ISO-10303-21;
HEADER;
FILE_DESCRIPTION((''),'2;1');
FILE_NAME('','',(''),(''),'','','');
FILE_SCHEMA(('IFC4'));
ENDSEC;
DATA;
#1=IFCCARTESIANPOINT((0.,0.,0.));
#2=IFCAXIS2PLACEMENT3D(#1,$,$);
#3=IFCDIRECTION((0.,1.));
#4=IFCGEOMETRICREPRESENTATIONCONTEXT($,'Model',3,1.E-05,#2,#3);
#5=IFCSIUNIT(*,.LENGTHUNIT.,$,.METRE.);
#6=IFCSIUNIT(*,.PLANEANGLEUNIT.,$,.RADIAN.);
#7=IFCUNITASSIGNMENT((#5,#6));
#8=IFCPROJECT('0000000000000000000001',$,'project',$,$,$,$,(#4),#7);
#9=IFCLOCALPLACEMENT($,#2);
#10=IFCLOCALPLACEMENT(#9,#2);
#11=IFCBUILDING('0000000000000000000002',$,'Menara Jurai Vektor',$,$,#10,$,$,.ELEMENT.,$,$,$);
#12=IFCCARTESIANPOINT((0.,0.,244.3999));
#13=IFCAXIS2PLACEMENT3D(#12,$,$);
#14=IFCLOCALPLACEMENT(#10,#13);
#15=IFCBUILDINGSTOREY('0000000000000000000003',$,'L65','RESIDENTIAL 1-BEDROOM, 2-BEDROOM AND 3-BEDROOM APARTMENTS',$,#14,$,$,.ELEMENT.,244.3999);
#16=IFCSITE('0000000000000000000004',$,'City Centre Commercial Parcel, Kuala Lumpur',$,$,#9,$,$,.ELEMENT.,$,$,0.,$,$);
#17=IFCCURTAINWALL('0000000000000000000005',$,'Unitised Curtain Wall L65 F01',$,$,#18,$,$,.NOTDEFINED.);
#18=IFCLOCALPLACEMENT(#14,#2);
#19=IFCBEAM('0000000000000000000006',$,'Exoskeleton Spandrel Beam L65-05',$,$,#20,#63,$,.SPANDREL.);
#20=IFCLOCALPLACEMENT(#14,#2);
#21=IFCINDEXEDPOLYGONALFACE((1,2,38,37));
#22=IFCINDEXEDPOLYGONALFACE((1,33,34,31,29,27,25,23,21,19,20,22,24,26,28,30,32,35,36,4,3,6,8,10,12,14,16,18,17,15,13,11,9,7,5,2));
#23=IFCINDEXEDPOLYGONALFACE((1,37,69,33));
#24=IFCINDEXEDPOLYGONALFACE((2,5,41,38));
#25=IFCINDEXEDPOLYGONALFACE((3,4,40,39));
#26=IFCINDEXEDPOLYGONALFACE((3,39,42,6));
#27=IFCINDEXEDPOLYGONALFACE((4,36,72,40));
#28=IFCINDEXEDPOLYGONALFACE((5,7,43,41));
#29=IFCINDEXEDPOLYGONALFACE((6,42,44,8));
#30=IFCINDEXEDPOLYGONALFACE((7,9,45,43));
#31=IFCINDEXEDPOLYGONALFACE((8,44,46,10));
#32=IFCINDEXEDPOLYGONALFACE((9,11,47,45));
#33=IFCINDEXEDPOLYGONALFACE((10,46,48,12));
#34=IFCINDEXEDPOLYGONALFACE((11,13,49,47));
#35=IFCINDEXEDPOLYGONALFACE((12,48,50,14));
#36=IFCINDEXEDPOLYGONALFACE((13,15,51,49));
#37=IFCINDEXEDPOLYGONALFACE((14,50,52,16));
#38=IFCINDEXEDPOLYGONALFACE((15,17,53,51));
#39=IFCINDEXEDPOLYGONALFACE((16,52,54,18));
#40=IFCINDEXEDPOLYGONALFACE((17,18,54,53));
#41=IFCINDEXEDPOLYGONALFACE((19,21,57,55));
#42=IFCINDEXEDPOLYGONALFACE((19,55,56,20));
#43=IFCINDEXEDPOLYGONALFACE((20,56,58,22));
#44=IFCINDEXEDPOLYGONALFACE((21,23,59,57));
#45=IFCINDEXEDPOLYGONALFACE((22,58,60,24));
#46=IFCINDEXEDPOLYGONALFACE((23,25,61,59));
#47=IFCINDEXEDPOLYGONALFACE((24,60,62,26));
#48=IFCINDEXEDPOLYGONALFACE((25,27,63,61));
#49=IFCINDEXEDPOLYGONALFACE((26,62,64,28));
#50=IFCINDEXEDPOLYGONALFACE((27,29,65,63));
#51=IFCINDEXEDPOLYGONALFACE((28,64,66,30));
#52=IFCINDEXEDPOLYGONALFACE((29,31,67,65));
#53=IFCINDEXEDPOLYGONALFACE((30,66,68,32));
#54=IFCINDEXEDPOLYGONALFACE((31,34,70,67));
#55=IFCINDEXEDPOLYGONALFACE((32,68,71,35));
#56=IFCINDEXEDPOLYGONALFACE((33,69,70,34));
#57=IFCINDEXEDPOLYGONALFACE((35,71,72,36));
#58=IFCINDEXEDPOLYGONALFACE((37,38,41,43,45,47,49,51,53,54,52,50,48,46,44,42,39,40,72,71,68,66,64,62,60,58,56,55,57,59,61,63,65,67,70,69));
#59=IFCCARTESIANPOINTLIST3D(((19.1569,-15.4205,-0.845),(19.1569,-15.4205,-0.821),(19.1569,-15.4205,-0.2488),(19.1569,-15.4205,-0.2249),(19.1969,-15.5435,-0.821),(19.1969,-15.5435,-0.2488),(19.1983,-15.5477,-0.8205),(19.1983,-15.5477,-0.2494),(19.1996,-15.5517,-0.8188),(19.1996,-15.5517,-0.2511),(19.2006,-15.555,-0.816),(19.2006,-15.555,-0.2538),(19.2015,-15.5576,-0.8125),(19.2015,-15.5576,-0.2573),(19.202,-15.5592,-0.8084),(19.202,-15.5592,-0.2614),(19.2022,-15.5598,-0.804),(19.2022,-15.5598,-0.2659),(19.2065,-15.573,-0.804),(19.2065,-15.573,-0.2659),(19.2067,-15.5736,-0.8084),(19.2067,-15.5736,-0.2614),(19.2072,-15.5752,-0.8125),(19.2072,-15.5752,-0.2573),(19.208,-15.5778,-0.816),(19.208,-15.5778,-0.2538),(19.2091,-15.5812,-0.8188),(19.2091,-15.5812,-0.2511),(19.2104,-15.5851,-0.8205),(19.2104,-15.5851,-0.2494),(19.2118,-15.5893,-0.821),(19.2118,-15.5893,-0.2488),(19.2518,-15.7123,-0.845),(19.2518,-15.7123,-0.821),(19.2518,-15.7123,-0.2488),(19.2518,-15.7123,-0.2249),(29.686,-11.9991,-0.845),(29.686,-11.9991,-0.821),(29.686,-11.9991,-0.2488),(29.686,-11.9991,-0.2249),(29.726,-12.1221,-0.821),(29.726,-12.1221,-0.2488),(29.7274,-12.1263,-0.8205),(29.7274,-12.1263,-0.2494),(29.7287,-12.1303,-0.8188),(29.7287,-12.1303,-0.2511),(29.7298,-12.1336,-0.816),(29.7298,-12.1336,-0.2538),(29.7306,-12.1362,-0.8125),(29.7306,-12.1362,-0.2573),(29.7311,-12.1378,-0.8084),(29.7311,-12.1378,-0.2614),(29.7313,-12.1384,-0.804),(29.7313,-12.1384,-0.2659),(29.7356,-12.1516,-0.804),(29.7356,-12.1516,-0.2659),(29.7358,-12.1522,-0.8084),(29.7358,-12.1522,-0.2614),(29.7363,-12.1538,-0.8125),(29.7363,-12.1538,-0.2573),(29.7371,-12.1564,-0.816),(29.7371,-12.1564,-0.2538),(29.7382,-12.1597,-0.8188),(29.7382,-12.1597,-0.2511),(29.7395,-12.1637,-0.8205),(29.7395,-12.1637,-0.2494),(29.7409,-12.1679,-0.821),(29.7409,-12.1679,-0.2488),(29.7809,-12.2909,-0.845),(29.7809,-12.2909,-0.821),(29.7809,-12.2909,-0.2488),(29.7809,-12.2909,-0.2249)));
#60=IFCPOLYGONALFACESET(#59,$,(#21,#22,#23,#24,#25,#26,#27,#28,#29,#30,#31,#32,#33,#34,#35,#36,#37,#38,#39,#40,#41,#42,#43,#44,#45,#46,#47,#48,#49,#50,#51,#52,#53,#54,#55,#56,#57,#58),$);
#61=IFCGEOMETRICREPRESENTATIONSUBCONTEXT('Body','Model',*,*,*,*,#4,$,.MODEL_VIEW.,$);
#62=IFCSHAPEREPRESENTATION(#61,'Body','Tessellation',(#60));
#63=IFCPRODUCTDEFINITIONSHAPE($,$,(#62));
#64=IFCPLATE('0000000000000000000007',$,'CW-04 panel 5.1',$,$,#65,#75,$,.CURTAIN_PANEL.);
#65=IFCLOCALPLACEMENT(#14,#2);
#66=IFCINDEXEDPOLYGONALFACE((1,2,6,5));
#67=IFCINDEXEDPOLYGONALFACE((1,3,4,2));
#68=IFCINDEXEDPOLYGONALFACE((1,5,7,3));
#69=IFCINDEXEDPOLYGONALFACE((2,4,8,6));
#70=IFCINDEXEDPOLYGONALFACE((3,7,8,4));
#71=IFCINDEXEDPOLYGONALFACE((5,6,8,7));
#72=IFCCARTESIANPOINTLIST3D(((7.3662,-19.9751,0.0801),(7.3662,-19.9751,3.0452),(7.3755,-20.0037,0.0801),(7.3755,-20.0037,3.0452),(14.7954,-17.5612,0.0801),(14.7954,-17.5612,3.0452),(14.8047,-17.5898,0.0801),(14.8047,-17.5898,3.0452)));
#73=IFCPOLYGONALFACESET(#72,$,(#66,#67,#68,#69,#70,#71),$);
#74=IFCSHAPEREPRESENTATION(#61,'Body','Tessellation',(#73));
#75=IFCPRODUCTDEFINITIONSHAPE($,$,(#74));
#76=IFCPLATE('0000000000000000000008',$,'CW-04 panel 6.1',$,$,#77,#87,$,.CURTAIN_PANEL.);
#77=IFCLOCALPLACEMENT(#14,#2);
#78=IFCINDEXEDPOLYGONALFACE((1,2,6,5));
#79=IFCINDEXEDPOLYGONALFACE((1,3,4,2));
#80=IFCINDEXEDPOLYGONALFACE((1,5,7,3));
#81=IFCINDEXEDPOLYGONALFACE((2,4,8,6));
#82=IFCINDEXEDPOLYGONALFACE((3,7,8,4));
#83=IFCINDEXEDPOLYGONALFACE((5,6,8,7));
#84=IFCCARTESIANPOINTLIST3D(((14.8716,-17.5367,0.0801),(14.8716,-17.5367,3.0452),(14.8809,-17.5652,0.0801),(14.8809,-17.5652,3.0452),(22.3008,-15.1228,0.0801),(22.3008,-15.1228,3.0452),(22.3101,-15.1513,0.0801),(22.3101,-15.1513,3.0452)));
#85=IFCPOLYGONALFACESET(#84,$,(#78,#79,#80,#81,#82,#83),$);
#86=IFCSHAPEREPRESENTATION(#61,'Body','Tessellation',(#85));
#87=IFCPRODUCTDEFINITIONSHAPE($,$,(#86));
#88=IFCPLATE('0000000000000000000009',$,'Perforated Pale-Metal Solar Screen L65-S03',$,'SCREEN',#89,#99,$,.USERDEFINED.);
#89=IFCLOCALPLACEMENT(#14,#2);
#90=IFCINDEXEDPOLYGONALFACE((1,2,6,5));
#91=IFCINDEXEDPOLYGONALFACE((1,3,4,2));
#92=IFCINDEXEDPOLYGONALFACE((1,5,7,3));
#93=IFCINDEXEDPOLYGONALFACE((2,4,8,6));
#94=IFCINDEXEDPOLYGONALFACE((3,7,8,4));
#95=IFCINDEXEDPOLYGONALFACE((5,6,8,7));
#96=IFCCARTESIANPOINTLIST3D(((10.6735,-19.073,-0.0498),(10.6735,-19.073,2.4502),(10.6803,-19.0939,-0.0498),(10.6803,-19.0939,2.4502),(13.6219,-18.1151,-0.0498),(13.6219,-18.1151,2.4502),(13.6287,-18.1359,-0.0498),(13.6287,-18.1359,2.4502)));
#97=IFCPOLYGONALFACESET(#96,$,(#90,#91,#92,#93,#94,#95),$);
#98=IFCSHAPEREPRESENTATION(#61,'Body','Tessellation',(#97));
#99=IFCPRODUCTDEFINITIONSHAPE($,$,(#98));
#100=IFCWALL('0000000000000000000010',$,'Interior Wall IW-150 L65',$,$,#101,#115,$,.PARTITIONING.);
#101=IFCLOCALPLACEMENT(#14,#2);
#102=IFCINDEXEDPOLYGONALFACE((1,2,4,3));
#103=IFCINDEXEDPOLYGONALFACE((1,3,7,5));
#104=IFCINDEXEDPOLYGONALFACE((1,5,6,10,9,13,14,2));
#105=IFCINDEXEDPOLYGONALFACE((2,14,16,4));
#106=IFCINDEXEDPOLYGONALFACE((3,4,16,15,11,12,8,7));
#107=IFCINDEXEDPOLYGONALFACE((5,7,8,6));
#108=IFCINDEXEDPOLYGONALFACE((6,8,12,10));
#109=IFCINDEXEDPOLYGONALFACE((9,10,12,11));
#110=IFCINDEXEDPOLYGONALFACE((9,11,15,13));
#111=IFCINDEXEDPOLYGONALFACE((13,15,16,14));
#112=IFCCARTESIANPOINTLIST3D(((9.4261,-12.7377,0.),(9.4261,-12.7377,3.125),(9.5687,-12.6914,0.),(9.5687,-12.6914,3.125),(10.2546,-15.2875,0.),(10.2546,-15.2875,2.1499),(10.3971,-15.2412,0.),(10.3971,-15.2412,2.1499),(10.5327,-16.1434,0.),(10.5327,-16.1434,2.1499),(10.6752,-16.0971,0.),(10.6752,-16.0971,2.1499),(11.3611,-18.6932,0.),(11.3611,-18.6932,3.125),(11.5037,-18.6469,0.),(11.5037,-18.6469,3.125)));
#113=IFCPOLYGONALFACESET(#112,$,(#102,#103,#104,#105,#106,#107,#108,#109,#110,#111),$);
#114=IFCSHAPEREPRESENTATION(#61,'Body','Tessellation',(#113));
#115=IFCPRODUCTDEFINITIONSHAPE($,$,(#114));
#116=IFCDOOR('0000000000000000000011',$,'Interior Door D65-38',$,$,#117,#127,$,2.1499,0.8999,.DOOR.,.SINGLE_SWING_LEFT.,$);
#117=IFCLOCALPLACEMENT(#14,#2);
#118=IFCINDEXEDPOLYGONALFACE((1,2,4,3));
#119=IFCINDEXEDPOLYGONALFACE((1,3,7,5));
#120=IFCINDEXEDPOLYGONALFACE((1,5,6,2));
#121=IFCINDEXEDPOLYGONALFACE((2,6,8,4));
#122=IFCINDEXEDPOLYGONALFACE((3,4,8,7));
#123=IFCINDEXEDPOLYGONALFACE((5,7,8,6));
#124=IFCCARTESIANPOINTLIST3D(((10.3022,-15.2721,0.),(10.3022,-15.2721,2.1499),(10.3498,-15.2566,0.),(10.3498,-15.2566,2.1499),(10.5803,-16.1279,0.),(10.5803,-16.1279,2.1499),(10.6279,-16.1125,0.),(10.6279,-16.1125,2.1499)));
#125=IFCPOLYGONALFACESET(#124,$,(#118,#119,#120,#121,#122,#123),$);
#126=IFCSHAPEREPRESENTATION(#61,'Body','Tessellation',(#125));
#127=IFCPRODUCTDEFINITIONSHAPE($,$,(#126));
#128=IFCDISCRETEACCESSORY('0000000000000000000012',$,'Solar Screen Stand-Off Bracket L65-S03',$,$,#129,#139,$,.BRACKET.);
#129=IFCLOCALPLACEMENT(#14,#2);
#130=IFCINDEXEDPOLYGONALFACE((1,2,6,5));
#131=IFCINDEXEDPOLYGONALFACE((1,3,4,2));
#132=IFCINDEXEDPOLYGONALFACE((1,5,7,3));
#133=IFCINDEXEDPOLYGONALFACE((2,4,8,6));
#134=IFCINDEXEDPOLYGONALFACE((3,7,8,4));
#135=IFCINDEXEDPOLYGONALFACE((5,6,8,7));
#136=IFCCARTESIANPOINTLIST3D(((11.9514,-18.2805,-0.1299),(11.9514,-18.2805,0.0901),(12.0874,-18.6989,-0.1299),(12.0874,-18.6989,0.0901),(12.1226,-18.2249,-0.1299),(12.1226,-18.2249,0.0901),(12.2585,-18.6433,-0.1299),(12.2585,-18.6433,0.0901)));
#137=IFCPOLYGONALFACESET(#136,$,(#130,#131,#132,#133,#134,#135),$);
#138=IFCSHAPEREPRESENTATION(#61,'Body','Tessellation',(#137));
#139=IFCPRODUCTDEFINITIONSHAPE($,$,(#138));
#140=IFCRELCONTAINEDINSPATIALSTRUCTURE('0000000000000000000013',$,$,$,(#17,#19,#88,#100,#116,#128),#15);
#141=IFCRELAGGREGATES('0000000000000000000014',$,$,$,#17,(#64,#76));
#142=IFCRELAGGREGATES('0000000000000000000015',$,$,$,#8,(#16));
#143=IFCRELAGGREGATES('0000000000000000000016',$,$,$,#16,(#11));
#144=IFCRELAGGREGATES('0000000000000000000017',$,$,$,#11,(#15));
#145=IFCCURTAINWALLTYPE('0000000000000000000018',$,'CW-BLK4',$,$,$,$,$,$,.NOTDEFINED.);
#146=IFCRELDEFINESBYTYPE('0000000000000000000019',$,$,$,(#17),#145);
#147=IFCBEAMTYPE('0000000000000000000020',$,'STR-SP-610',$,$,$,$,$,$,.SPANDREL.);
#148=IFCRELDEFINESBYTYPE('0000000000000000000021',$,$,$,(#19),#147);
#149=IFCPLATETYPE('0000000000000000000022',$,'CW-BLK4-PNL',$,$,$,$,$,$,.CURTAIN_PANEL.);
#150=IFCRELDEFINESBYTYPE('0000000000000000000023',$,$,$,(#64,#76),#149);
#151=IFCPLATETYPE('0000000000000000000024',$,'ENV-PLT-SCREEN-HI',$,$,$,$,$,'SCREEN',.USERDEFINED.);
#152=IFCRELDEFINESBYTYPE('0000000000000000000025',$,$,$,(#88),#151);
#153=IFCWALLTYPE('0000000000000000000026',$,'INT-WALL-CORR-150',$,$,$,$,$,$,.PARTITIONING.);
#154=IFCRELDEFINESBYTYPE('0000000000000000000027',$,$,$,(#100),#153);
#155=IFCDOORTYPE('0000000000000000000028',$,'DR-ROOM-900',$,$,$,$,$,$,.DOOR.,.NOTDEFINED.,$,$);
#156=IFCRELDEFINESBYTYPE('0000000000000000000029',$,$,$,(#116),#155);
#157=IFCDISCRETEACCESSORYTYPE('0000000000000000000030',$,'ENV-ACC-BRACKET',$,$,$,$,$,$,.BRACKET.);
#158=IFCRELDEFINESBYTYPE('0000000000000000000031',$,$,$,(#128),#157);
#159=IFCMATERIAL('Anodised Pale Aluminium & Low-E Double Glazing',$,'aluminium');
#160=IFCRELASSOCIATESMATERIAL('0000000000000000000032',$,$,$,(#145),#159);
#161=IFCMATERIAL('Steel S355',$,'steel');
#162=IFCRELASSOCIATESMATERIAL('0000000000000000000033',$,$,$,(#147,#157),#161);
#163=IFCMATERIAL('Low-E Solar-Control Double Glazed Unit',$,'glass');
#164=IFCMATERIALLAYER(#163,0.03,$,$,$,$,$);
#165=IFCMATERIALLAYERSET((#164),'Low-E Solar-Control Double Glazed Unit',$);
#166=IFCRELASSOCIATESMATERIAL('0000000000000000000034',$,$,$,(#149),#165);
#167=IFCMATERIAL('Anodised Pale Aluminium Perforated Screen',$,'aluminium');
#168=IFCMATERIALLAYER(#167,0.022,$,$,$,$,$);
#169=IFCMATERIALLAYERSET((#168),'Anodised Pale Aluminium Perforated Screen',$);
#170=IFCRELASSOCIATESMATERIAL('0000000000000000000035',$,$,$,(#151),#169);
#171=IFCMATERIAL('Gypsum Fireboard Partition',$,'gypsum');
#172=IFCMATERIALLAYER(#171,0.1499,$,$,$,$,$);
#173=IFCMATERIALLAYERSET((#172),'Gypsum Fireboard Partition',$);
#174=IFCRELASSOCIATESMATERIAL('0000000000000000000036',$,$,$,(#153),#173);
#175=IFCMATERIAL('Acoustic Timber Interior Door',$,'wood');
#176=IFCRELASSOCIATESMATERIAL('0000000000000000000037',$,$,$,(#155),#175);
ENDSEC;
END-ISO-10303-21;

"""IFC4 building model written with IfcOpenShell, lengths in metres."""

from ifc_helpers import new_model, si_unit, direction, frame, frame_2d, origin, origin_2d, place, context, subcontext, project, spatial, rectangle, i_section, extrude, material, layer, layer_set, material_profile, profile_set, type_object, element, fill, aggregate, save


model = new_model("IFC4")

# Units and contexts
model_context = context("Model", 3, precision=1e-05, world=origin(), true_north=direction((0.0, 1.0)))
body_context = subcontext(model_context, "Body", "Model", "MODEL_VIEW")
ifc_project = project(units=[si_unit("LENGTHUNIT", "METRE"), si_unit("PLANEANGLEUNIT", "RADIAN")], contexts=[model_context])

# Site, building, storey
site_placement = place(None, origin())
site = spatial("IfcSite", under=ifc_project, at=site_placement, Name="City Centre Commercial Parcel, Kuala Lumpur", CompositionType="ELEMENT", RefElevation=0.0)
building_placement = place(site_placement, origin())
building = spatial("IfcBuilding", under=site, at=building_placement, Name="Menara Jurai Vektor", CompositionType="ELEMENT")
storey_placement = place(building_placement, frame((0.0, 0.0, 244.3999)))
storey = spatial("IfcBuildingStorey", under=building, at=storey_placement, Name="L65", Description="RESIDENTIAL 1-BEDROOM, 2-BEDROOM AND 3-BEDROOM APARTMENTS", CompositionType="ELEMENT", Elevation=244.3999)

# Curtain wall
ifc_material_1 = material(Name="Anodised Pale Aluminium & Low-E Double Glazing", Category="aluminium")
curtain_wall_type = type_object("IfcCurtainWallType", Name="CW-BLK4", PredefinedType="NOTDEFINED", material=ifc_material_1)
curtain_wall_placement = place(storey_placement, origin())
curtain_wall = element("IfcCurtainWall", 1, at=curtain_wall_placement, inside=storey, type_object=curtain_wall_type, Name="Unitised Curtain Wall L65 F01", PredefinedType="NOTDEFINED")

# Beam
ifc_material_2 = material(Name="Steel S355", Category="steel")
ifc_material_profile_1 = material_profile(ifc_material_2, i_section(OverallWidth=0.3069, OverallDepth=0.6201, WebThickness=0.0139, FlangeThickness=0.0239, FilletRadius=0.0171, at=origin_2d()), Name="UKB 610x305x179")
ifc_profile_set_1 = profile_set([ifc_material_profile_1], Name="Steel S355")
beam_type_1 = type_object("IfcBeamType", Name="STR-SP-610", PredefinedType="SPANDREL", material=ifc_profile_set_1)
beam_1_placement = place(storey_placement, frame((19.2043, -15.5664, -0.5349), z_axis=(0.951049, 0.309041, 0.0), x_axis=(-0.309041, 0.951049, 0.0)))
element("IfcBeam", 2, at=beam_1_placement, inside=storey, type_object=beam_type_1, Name="Exoskeleton Spandrel Beam L65-05", PredefinedType="SPANDREL", context=body_context, shape_type="SweptSolid", body=[
    extrude(i_section(OverallWidth=0.3069, OverallDepth=0.6201, WebThickness=0.0139, FlangeThickness=0.0239, FilletRadius=0.0171, at=origin_2d()), origin(), (0.0, 0.0, 1.0), 11.071),
])

# Plates
ifc_material_3 = material(Name="Low-E Solar-Control Double Glazed Unit", Category="glass")
ifc_layer_1 = layer(ifc_material_3, 0.03)
ifc_layer_set_1 = layer_set([ifc_layer_1], Name="Low-E Solar-Control Double Glazed Unit")
plate_type_1 = type_object("IfcPlateType", Name="CW-BLK4-PNL", PredefinedType="CURTAIN_PANEL", material=ifc_layer_set_1)
plate_1_placement = place(storey_placement, frame((11.0854, -18.7825, 0.0801), z_axis=(0.0, 0.0, 1.0), x_axis=(0.951056, 0.309017, 0.0)))
plate_1 = element("IfcPlate", 3, at=plate_1_placement, type_object=plate_type_1, Name="CW-04 panel 5.1", PredefinedType="CURTAIN_PANEL", context=body_context, shape_type="SweptSolid", body=[
    extrude(rectangle(XDim=7.8115, YDim=0.03, at=origin_2d()), origin(), (0.0, 0.0, 1.0), 2.9651),
])
plate_2_placement = place(storey_placement, frame((18.5908, -16.344, 0.0801), z_axis=(0.0, 0.0, 1.0), x_axis=(0.951056, 0.309017, 0.0)))
plate_2 = element("IfcPlate", 4, at=plate_2_placement, type_object=plate_type_1, Name="CW-04 panel 6.1", PredefinedType="CURTAIN_PANEL", context=body_context, shape_type="SweptSolid", body=[
    extrude(rectangle(XDim=7.8115, YDim=0.03, at=origin_2d()), origin(), (0.0, 0.0, 1.0), 2.9651),
])
aggregate(curtain_wall, [plate_1, plate_2])
ifc_material_4 = material(Name="Anodised Pale Aluminium Perforated Screen", Category="aluminium")
ifc_layer_2 = layer(ifc_material_4, 0.022)
ifc_layer_set_2 = layer_set([ifc_layer_2], Name="Anodised Pale Aluminium Perforated Screen")
plate_type_2 = type_object("IfcPlateType", Name="ENV-PLT-SCREEN-HI", ElementType="SCREEN", PredefinedType="USERDEFINED", material=ifc_layer_set_2)
plate_3_placement = place(storey_placement, frame((12.1511, -18.6045, -0.0498), z_axis=(0.0, 0.0, 1.0), x_axis=(0.951057, 0.309017, 0.0)))
element("IfcPlate", 5, at=plate_3_placement, inside=storey, type_object=plate_type_2, Name="Perforated Pale-Metal Solar Screen L65-S03", ObjectType="SCREEN", PredefinedType="USERDEFINED", context=body_context, shape_type="SweptSolid", body=[
    extrude(rectangle(XDim=3.1001, YDim=0.022, at=origin_2d()), origin(), (0.0, 0.0, 1.0), 2.5),
])

# Wall, opening, door
ifc_material_5 = material(Name="Gypsum Fireboard Partition", Category="gypsum")
ifc_layer_3 = layer(ifc_material_5, 0.1499)
ifc_layer_set_3 = layer_set([ifc_layer_3], Name="Gypsum Fireboard Partition")
wall_type = type_object("IfcWallType", Name="INT-WALL-CORR-150", PredefinedType="PARTITIONING", material=ifc_layer_set_3)
wall_placement = place(storey_placement, frame((11.4324, -18.6699, 0.0), z_axis=(0.0, 0.0, 1.0), x_axis=(-0.309014, 0.951058, 0.0)))
wall = element("IfcWall", 6, at=wall_placement, inside=storey, type_object=wall_type, Name="Interior Wall IW-150 L65", PredefinedType="PARTITIONING", context=body_context, shape_type="SweptSolid", body=[
    extrude(rectangle(XDim=6.262, YDim=0.1499, at=frame_2d((3.1309, 0.0))), origin(), (0.0, 0.0, 1.0), 3.125),
])
opening_placement = place(wall_placement, frame((2.6809, 0.0, 0.0)))
opening = element("IfcOpeningElement", 7, at=opening_placement, cuts=wall, PredefinedType="OPENING", context=body_context, shape_type="SweptSolid", body=[
    extrude(rectangle(XDim=0.8999, YDim=2.1499, at=frame_2d((0.45, 1.075))), frame((0.0, 0.085, 0.0), z_axis=(0.0, -1.0, 0.0), x_axis=(1.0, 0.0, 0.0)), (0.0, 0.0, 1.0), 0.1699),
])
ifc_material_6 = material(Name="Acoustic Timber Interior Door", Category="wood")
door_type = type_object("IfcDoorType", Name="DR-ROOM-900", OperationType="NOTDEFINED", PredefinedType="DOOR", material=ifc_material_6)
door_placement = place(opening_placement, origin())
door = element("IfcDoor", 8, at=door_placement, inside=storey, type_object=door_type, Name="Interior Door D65-38", OperationType="SINGLE_SWING_LEFT", OverallHeight=2.1499, OverallWidth=0.8999, PredefinedType="DOOR", context=body_context, shape_type="SweptSolid", body=[
    extrude(rectangle(XDim=0.8999, YDim=2.1499, at=frame_2d((0.45, 1.075))), frame((0.0, 0.0249, 0.0), z_axis=(0.0, -1.0, 0.0), x_axis=(1.0, 0.0, 0.0)), (0.0, 0.0, 1.0), 0.05),
])
fill(opening, door)

# Discrete accessory
discrete_accessory_type = type_object("IfcDiscreteAccessoryType", Name="ENV-ACC-BRACKET", PredefinedType="BRACKET", material=ifc_material_2)
discrete_accessory_placement = place(storey_placement, frame((12.105, -18.4619, -0.1299), z_axis=(0.0, 0.0, 1.0), x_axis=(0.951057, 0.309017, 0.0)))
element("IfcDiscreteAccessory", 9, at=discrete_accessory_placement, inside=storey, type_object=discrete_accessory_type, Name="Solar Screen Stand-Off Bracket L65-S03", PredefinedType="BRACKET", context=body_context, shape_type="SweptSolid", body=[
    extrude(rectangle(XDim=0.1799, YDim=0.4399, at=origin_2d()), origin(), (0.0, 0.0, 1.0), 0.22),
])

save(model, "model.ifc")
